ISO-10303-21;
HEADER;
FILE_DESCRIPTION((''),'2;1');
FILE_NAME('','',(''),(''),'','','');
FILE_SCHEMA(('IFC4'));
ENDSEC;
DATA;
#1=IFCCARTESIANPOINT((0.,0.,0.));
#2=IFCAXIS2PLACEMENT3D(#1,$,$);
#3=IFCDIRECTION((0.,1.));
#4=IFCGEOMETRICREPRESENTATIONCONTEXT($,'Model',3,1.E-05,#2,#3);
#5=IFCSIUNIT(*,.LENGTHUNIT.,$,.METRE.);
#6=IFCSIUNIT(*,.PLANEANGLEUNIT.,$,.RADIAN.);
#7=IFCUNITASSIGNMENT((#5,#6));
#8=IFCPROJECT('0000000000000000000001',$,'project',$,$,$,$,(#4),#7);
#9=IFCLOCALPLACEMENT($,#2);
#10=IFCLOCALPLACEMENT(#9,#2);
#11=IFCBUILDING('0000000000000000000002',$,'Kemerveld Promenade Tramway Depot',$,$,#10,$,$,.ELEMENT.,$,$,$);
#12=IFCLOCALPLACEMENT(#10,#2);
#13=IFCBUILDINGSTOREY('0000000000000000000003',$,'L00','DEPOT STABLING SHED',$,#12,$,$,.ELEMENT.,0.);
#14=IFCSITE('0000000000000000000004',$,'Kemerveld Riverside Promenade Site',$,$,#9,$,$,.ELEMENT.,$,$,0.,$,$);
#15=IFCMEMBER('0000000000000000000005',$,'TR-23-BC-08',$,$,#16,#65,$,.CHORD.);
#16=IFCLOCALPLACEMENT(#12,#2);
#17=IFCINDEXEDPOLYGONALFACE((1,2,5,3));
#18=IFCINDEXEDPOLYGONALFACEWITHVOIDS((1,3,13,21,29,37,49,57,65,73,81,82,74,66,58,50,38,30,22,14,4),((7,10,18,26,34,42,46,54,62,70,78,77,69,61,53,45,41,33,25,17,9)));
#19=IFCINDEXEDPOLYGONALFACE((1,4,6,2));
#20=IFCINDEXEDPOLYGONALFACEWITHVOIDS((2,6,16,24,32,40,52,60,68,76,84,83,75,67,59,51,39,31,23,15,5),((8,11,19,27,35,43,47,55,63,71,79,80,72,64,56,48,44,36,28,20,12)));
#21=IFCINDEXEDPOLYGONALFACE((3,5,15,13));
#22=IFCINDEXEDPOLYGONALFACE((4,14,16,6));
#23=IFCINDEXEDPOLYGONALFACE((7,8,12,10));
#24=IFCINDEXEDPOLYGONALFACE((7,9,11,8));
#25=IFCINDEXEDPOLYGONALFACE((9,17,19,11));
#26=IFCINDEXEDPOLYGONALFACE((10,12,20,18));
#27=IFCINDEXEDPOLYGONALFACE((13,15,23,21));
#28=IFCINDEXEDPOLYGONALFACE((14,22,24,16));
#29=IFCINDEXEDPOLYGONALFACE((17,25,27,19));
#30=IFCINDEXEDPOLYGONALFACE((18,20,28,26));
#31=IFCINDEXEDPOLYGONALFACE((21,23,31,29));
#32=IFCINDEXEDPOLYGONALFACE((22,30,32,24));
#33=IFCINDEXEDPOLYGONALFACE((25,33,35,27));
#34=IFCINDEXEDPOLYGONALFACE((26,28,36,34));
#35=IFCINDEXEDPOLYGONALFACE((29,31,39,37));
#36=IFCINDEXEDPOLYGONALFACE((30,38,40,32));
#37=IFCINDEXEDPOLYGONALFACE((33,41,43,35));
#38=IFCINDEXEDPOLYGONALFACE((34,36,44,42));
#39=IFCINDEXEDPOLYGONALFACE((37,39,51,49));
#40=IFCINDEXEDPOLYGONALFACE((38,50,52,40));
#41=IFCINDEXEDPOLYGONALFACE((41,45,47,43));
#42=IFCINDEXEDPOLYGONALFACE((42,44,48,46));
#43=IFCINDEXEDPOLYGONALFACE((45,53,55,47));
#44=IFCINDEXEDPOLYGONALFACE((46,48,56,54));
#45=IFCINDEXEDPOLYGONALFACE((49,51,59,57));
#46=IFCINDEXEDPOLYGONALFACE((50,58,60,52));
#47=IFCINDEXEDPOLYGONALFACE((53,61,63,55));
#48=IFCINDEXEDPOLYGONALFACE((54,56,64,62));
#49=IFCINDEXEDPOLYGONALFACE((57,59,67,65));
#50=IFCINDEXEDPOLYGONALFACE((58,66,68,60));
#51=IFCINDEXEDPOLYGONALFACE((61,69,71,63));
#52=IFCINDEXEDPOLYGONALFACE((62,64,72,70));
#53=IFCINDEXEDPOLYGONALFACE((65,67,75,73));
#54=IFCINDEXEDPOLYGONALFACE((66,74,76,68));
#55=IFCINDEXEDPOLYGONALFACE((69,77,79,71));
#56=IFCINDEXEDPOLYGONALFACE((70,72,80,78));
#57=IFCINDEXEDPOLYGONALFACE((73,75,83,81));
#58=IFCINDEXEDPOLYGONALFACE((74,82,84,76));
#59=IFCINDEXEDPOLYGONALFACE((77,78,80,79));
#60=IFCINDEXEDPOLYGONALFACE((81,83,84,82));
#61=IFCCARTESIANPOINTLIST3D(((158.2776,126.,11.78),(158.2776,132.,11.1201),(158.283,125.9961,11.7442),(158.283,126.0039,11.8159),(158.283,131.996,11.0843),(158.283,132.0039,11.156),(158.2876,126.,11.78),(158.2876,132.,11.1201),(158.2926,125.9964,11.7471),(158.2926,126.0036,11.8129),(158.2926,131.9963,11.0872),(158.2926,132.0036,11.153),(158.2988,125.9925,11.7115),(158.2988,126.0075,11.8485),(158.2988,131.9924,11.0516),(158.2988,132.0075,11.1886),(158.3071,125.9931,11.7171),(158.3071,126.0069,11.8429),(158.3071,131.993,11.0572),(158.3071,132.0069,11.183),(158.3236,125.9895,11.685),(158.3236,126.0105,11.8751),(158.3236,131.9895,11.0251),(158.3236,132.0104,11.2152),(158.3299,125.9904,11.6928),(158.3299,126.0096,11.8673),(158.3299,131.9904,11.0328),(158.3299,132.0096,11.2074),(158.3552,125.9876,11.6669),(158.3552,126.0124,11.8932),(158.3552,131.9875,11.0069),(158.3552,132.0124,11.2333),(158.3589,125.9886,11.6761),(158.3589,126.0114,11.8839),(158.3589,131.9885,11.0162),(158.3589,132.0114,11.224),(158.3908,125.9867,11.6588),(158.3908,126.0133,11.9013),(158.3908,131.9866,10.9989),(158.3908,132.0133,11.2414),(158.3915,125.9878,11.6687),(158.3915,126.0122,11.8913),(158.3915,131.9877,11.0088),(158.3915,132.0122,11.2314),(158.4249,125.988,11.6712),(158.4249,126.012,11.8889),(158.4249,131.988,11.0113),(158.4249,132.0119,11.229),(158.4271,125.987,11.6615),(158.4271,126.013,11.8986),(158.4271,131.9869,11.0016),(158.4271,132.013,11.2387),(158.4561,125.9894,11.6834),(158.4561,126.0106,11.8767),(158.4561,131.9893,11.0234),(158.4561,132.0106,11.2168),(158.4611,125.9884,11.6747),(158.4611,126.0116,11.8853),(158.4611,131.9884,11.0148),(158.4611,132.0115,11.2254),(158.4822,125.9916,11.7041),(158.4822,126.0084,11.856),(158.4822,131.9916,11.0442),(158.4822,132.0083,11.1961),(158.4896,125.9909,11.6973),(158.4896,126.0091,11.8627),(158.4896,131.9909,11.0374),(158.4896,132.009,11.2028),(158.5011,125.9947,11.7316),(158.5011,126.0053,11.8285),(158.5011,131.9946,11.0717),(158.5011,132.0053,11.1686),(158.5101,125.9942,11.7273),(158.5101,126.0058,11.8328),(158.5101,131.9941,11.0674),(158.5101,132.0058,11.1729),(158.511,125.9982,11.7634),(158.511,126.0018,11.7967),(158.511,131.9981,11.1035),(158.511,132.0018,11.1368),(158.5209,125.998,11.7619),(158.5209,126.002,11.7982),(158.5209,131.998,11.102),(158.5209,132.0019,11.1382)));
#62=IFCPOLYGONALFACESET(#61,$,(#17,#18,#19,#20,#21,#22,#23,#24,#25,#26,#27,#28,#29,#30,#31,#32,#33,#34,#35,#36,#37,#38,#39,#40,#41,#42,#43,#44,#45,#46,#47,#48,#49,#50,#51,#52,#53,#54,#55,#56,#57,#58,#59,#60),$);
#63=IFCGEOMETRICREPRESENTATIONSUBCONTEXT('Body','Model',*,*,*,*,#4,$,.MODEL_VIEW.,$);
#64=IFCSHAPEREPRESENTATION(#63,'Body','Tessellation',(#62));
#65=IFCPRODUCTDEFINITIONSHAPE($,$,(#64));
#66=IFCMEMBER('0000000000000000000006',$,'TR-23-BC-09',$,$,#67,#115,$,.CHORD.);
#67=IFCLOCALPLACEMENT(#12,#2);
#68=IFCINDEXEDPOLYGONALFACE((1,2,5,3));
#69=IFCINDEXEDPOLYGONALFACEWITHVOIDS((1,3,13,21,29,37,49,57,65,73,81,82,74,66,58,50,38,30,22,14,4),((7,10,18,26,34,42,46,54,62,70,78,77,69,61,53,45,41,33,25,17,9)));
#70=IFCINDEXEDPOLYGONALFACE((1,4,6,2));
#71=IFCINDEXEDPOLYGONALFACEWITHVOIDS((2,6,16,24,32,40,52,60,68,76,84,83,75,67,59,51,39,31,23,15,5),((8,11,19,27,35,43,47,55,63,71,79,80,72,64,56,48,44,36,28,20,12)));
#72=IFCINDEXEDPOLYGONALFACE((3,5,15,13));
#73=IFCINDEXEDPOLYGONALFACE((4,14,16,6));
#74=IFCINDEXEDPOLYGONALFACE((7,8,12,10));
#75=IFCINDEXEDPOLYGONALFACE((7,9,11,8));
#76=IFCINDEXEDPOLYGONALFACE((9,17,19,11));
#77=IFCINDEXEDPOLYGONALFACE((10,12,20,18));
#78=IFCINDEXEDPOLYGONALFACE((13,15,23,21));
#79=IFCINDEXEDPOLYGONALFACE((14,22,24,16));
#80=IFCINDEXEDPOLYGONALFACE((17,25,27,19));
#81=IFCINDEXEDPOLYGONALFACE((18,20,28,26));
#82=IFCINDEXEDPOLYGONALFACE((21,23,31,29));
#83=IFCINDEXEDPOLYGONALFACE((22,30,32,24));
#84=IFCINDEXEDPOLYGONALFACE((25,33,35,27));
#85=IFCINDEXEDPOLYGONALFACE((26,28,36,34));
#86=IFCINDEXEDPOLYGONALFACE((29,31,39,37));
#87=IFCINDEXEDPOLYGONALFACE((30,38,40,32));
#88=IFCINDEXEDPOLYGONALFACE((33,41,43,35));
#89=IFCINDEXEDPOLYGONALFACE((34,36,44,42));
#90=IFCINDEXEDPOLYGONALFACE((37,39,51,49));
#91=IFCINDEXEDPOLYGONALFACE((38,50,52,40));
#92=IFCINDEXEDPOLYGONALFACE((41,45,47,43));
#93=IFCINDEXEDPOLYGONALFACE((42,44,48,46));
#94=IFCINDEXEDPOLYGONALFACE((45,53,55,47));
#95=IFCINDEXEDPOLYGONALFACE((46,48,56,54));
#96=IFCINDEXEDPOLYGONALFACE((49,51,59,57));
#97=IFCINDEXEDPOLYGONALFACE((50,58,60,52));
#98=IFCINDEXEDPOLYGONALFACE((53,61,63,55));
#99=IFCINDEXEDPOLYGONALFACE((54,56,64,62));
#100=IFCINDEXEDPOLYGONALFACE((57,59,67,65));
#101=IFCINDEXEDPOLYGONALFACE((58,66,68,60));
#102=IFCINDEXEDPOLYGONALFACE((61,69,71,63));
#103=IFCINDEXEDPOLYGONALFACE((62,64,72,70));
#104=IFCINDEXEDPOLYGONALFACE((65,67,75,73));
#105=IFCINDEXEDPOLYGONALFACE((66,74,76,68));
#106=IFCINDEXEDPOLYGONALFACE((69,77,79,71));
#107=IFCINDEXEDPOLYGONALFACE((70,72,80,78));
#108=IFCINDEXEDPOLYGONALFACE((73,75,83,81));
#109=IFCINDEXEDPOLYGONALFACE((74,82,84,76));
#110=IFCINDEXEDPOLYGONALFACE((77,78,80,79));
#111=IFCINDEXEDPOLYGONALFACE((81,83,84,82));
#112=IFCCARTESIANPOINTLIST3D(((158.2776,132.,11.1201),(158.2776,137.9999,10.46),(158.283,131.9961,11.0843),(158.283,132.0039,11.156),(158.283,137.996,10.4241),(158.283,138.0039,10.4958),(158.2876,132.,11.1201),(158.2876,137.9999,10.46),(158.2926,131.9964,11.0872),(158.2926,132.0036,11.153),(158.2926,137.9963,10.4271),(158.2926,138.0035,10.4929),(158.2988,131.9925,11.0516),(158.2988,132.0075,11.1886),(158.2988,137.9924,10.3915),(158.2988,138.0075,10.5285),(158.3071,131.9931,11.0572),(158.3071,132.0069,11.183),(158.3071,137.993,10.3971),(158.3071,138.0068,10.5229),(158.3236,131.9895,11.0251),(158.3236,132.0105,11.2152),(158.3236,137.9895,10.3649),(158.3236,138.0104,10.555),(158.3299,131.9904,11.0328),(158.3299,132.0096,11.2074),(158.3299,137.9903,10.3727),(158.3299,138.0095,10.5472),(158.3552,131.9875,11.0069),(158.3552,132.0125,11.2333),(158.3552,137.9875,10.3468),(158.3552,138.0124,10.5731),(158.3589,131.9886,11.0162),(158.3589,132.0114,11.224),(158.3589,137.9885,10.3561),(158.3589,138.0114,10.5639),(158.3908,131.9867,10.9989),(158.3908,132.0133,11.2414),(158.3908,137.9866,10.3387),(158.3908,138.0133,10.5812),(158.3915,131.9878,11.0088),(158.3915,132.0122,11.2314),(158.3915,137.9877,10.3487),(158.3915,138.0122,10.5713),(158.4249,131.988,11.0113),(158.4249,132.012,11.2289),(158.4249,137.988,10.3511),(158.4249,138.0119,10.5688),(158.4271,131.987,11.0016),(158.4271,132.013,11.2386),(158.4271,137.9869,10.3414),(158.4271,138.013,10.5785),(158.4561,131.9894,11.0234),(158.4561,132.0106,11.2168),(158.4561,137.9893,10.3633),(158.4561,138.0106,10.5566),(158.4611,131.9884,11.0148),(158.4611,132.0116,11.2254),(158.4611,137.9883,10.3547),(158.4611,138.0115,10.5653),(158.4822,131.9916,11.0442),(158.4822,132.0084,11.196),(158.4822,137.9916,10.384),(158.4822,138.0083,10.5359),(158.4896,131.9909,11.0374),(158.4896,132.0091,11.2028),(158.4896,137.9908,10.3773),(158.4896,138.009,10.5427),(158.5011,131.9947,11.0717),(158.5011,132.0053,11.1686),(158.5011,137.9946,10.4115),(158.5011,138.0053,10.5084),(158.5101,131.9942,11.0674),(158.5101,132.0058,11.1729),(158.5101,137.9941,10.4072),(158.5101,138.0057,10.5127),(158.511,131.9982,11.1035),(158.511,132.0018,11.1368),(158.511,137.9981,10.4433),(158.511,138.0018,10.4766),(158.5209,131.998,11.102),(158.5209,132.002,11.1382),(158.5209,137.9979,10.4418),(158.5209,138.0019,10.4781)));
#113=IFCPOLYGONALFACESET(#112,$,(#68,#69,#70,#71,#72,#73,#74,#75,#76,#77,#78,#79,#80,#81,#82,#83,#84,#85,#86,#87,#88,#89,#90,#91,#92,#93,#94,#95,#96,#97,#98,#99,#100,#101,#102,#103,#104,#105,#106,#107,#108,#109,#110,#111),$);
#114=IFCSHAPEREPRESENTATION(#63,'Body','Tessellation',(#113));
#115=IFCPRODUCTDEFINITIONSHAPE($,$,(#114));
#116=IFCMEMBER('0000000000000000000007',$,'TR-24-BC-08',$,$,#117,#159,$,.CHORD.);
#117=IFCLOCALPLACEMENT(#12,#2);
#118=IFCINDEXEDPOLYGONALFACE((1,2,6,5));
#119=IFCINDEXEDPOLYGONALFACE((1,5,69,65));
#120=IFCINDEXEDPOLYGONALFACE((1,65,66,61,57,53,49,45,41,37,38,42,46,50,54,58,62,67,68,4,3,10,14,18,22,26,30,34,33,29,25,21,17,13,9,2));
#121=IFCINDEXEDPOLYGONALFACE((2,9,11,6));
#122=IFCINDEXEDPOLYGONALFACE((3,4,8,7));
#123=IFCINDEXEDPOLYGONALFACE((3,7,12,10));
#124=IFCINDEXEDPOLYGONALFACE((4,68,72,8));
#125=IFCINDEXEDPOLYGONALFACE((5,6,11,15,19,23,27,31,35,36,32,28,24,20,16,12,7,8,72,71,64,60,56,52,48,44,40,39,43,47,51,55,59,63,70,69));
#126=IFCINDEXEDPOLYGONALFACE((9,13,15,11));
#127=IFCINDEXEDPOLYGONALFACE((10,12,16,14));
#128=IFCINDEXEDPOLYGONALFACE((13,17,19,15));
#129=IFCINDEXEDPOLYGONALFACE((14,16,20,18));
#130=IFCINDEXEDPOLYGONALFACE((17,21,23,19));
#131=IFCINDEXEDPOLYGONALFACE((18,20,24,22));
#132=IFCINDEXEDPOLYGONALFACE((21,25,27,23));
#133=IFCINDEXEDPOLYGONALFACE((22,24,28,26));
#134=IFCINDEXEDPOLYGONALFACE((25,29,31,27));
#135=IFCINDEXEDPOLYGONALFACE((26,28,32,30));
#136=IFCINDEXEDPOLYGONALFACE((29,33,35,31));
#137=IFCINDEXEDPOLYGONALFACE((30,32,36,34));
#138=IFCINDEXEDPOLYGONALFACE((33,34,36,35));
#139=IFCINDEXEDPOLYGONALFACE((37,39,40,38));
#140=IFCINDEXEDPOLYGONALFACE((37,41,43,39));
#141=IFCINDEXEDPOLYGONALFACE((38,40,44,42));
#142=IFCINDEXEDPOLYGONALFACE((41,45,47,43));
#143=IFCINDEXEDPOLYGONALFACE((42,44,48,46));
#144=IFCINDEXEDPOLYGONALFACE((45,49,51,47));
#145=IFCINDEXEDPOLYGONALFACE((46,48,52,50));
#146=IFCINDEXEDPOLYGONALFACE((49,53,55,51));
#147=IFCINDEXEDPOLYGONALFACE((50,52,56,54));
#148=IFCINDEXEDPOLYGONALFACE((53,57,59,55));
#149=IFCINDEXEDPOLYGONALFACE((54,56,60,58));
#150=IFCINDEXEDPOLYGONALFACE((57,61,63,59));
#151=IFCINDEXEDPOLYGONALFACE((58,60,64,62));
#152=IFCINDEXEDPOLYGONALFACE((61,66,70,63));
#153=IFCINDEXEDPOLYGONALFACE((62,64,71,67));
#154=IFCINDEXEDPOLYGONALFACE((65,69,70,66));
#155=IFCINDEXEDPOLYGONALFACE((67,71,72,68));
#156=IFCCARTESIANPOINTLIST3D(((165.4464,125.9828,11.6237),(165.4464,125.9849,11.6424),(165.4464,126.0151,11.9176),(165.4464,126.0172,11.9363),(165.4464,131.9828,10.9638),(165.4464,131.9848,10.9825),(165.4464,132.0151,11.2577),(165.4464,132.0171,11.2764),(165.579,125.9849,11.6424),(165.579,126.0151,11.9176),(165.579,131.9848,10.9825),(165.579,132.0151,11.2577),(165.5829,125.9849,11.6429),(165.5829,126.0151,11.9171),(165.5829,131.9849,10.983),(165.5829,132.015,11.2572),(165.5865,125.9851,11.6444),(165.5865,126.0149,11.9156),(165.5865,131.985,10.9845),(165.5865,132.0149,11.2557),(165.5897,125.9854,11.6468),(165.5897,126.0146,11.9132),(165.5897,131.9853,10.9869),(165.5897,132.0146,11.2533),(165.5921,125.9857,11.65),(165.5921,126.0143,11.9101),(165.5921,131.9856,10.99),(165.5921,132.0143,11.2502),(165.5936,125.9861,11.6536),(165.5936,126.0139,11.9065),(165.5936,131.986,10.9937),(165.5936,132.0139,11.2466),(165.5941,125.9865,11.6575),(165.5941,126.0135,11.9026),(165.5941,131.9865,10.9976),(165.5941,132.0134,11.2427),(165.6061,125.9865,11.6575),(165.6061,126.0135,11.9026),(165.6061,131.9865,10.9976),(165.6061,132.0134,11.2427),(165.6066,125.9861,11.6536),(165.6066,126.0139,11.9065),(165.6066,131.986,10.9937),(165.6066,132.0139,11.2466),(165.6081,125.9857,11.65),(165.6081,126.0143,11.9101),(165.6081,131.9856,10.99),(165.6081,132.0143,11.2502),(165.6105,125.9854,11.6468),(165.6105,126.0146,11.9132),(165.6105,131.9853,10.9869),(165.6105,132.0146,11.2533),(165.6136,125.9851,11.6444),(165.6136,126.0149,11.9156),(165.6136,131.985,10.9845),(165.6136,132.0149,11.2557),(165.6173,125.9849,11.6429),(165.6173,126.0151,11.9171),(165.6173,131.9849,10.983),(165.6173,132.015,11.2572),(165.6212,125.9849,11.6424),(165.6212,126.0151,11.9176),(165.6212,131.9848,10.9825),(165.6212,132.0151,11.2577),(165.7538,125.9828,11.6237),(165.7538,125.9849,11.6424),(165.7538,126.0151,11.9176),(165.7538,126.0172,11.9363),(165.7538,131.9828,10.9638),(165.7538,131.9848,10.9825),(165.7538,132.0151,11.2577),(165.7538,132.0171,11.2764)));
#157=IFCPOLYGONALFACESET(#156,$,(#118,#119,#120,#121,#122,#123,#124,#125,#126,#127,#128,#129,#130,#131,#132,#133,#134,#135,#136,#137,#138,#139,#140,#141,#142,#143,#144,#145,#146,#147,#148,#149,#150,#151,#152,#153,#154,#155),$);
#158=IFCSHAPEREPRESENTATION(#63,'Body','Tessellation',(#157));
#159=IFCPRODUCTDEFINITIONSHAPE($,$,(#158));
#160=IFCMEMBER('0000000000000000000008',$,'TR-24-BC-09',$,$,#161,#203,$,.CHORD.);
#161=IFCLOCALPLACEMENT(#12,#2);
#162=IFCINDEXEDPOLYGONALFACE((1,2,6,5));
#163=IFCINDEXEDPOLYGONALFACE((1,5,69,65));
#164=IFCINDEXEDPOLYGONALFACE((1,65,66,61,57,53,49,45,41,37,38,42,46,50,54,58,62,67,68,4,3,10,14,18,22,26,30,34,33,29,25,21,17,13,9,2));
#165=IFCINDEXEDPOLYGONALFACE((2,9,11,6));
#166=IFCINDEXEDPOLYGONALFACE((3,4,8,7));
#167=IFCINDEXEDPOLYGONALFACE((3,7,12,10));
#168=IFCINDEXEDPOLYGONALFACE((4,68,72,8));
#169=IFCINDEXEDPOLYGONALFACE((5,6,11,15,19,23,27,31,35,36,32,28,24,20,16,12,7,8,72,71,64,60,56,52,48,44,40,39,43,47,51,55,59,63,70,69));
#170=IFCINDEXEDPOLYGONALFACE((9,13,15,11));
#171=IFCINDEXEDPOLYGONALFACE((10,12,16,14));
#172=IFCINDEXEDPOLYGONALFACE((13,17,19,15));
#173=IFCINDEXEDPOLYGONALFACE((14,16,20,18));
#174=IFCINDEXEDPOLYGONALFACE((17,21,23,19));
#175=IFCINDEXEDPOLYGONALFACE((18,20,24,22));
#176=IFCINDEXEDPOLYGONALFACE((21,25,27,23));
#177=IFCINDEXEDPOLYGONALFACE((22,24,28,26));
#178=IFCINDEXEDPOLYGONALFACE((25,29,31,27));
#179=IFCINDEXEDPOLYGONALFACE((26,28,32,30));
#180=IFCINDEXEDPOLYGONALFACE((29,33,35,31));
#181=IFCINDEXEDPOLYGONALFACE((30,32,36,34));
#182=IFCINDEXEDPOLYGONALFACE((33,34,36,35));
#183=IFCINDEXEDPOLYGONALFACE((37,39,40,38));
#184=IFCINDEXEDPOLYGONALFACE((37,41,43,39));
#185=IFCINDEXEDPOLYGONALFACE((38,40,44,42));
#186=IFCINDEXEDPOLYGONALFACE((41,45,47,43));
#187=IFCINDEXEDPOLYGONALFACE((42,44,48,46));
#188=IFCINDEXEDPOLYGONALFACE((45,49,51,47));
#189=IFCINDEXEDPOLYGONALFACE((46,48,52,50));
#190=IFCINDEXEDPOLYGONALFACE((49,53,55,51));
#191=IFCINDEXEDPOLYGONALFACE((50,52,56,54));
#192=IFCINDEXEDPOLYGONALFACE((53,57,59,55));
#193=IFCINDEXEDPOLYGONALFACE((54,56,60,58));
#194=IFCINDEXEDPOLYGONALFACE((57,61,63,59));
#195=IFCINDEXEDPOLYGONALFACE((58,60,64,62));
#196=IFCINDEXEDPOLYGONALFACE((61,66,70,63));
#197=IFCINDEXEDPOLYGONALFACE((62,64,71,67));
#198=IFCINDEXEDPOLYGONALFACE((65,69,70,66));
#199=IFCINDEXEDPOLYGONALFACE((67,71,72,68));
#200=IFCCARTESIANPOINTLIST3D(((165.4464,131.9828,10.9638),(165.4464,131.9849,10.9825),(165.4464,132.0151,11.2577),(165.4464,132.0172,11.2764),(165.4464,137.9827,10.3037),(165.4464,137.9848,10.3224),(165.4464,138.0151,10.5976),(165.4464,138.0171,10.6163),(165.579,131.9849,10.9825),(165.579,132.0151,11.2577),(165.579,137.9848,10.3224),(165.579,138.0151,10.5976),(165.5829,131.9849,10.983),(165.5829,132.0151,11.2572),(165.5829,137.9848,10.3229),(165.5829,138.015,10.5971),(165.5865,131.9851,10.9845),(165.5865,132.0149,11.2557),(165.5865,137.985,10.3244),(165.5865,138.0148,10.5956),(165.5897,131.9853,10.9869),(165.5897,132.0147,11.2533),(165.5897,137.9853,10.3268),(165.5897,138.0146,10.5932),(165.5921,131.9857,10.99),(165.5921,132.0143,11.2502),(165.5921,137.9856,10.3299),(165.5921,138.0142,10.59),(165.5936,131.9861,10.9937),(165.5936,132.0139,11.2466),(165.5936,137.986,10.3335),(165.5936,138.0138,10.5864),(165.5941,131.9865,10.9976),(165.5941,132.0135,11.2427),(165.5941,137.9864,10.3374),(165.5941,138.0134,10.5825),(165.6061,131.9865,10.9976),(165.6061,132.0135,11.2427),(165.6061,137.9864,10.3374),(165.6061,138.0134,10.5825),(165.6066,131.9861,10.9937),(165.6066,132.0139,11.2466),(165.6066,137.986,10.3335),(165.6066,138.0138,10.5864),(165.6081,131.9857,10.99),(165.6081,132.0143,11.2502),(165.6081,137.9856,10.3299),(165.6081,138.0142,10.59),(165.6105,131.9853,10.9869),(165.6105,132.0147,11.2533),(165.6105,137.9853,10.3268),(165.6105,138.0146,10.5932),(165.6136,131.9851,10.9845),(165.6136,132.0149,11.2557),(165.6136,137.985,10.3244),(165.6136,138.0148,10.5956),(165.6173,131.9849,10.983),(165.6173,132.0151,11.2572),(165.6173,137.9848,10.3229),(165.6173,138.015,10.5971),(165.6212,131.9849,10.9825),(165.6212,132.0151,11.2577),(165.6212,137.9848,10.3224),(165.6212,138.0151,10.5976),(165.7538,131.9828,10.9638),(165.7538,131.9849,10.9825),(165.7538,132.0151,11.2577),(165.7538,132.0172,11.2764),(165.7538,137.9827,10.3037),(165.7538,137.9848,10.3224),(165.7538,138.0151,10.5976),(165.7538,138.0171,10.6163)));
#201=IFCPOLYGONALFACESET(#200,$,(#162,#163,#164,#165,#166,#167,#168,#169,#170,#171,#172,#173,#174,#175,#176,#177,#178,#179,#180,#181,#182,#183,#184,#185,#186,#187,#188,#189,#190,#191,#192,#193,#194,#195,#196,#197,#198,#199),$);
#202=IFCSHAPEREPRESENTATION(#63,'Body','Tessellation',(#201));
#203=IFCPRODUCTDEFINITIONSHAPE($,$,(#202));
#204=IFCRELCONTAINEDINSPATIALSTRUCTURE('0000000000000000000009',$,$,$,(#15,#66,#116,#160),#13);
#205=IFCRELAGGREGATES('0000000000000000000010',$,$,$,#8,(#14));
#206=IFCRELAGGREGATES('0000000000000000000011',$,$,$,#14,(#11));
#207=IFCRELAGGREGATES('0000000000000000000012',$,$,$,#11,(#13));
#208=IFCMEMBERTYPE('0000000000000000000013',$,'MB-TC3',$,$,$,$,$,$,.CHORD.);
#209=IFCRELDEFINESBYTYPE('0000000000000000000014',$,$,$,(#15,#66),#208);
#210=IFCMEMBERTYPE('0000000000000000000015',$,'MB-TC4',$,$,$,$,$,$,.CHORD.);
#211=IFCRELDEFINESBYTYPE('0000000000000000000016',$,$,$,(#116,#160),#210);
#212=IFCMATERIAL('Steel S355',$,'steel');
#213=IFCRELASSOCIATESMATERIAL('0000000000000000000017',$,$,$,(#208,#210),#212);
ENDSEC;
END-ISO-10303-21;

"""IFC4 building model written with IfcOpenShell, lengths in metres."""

from ifc_helpers import new_model, si_unit, direction, frame, origin, origin_2d, place, context, subcontext, project, spatial, hollow_circle, i_section, extrude, material, material_profile, profile_set, type_object, element, save


model = new_model("IFC4")

# Units and contexts
model_context = context("Model", 3, precision=1e-05, world=origin(), true_north=direction((0.0, 1.0)))
body_context = subcontext(model_context, "Body", "Model", "MODEL_VIEW")
ifc_project = project(units=[si_unit("LENGTHUNIT", "METRE"), si_unit("PLANEANGLEUNIT", "RADIAN")], contexts=[model_context])

# Site, building, storey
site_placement = place(None, origin())
site = spatial("IfcSite", under=ifc_project, at=site_placement, Name="Kemerveld Riverside Promenade Site", CompositionType="ELEMENT", RefElevation=0.0)
building_placement = place(site_placement, origin())
building = spatial("IfcBuilding", under=site, at=building_placement, Name="Kemerveld Promenade Tramway Depot", CompositionType="ELEMENT")
storey_placement = place(building_placement, origin())
storey = spatial("IfcBuildingStorey", under=building, at=storey_placement, Name="L00", Description="DEPOT STABLING SHED", CompositionType="ELEMENT", Elevation=0.0)

# Members
ifc_material_1 = material(Name="Steel S355", Category="steel")
ifc_material_profile_1 = material_profile(ifc_material_1, hollow_circle(Radius=0.1223, WallThickness=0.01, at=origin_2d()), Name="244.5x10.0 CHS")
ifc_profile_set_1 = profile_set([ifc_material_profile_1], Name="Steel S355")
member_type_1 = type_object("IfcMemberType", Name="MB-TC3", PredefinedType="CHORD", material=ifc_profile_set_1)
for number, where, z_axis, x_axis, name in (
    (1, (158.3999, 126.0, 11.78), (0.0, 0.994006, -0.109326), (-1.0, 0.0, 0.0), "TR-23-BC-08"),
    (2, (158.3999, 132.0, 11.1201), (0.0, 0.994002, -0.109366), (-1.0, 0.0, 0.0), "TR-23-BC-09"),
):
    element("IfcMember", number, at=place(storey_placement, frame(where, z_axis=z_axis, x_axis=x_axis)), inside=storey, type_object=member_type_1, Name=name, PredefinedType="CHORD", context=body_context, shape_type="SweptSolid", body=[
        extrude(hollow_circle(Radius=0.1223, WallThickness=0.01, at=origin_2d()), origin(), (0.0, 0.0, 1.0), 6.0361),
    ])
ifc_material_profile_2 = material_profile(ifc_material_1, i_section(OverallWidth=0.3074, OverallDepth=0.3145, WebThickness=0.012, FlangeThickness=0.0188, FilletRadius=0.0151, at=origin_2d()), Name="305x305x118 UC")
ifc_profile_set_2 = profile_set([ifc_material_profile_2], Name="Steel S355")
member_type_2 = type_object("IfcMemberType", Name="MB-TC4", PredefinedType="CHORD", material=ifc_profile_set_2)
for number, where, z_axis, x_axis, name in (
    (3, (165.6001, 126.0, 11.78), (0.0, 0.994006, -0.109326), (-1.0, 0.0, 0.0), "TR-24-BC-08"),
    (4, (165.6001, 132.0, 11.1201), (0.0, 0.994002, -0.109366), (-1.0, 0.0, 0.0), "TR-24-BC-09"),
):
    element("IfcMember", number, at=place(storey_placement, frame(where, z_axis=z_axis, x_axis=x_axis)), inside=storey, type_object=member_type_2, Name=name, PredefinedType="CHORD", context=body_context, shape_type="SweptSolid", body=[
        extrude(i_section(OverallWidth=0.3074, OverallDepth=0.3145, WebThickness=0.012, FlangeThickness=0.0188, FilletRadius=0.0151, at=origin_2d()), origin(), (0.0, 0.0, 1.0), 6.0361),
    ])

save(model, "model.ifc")
